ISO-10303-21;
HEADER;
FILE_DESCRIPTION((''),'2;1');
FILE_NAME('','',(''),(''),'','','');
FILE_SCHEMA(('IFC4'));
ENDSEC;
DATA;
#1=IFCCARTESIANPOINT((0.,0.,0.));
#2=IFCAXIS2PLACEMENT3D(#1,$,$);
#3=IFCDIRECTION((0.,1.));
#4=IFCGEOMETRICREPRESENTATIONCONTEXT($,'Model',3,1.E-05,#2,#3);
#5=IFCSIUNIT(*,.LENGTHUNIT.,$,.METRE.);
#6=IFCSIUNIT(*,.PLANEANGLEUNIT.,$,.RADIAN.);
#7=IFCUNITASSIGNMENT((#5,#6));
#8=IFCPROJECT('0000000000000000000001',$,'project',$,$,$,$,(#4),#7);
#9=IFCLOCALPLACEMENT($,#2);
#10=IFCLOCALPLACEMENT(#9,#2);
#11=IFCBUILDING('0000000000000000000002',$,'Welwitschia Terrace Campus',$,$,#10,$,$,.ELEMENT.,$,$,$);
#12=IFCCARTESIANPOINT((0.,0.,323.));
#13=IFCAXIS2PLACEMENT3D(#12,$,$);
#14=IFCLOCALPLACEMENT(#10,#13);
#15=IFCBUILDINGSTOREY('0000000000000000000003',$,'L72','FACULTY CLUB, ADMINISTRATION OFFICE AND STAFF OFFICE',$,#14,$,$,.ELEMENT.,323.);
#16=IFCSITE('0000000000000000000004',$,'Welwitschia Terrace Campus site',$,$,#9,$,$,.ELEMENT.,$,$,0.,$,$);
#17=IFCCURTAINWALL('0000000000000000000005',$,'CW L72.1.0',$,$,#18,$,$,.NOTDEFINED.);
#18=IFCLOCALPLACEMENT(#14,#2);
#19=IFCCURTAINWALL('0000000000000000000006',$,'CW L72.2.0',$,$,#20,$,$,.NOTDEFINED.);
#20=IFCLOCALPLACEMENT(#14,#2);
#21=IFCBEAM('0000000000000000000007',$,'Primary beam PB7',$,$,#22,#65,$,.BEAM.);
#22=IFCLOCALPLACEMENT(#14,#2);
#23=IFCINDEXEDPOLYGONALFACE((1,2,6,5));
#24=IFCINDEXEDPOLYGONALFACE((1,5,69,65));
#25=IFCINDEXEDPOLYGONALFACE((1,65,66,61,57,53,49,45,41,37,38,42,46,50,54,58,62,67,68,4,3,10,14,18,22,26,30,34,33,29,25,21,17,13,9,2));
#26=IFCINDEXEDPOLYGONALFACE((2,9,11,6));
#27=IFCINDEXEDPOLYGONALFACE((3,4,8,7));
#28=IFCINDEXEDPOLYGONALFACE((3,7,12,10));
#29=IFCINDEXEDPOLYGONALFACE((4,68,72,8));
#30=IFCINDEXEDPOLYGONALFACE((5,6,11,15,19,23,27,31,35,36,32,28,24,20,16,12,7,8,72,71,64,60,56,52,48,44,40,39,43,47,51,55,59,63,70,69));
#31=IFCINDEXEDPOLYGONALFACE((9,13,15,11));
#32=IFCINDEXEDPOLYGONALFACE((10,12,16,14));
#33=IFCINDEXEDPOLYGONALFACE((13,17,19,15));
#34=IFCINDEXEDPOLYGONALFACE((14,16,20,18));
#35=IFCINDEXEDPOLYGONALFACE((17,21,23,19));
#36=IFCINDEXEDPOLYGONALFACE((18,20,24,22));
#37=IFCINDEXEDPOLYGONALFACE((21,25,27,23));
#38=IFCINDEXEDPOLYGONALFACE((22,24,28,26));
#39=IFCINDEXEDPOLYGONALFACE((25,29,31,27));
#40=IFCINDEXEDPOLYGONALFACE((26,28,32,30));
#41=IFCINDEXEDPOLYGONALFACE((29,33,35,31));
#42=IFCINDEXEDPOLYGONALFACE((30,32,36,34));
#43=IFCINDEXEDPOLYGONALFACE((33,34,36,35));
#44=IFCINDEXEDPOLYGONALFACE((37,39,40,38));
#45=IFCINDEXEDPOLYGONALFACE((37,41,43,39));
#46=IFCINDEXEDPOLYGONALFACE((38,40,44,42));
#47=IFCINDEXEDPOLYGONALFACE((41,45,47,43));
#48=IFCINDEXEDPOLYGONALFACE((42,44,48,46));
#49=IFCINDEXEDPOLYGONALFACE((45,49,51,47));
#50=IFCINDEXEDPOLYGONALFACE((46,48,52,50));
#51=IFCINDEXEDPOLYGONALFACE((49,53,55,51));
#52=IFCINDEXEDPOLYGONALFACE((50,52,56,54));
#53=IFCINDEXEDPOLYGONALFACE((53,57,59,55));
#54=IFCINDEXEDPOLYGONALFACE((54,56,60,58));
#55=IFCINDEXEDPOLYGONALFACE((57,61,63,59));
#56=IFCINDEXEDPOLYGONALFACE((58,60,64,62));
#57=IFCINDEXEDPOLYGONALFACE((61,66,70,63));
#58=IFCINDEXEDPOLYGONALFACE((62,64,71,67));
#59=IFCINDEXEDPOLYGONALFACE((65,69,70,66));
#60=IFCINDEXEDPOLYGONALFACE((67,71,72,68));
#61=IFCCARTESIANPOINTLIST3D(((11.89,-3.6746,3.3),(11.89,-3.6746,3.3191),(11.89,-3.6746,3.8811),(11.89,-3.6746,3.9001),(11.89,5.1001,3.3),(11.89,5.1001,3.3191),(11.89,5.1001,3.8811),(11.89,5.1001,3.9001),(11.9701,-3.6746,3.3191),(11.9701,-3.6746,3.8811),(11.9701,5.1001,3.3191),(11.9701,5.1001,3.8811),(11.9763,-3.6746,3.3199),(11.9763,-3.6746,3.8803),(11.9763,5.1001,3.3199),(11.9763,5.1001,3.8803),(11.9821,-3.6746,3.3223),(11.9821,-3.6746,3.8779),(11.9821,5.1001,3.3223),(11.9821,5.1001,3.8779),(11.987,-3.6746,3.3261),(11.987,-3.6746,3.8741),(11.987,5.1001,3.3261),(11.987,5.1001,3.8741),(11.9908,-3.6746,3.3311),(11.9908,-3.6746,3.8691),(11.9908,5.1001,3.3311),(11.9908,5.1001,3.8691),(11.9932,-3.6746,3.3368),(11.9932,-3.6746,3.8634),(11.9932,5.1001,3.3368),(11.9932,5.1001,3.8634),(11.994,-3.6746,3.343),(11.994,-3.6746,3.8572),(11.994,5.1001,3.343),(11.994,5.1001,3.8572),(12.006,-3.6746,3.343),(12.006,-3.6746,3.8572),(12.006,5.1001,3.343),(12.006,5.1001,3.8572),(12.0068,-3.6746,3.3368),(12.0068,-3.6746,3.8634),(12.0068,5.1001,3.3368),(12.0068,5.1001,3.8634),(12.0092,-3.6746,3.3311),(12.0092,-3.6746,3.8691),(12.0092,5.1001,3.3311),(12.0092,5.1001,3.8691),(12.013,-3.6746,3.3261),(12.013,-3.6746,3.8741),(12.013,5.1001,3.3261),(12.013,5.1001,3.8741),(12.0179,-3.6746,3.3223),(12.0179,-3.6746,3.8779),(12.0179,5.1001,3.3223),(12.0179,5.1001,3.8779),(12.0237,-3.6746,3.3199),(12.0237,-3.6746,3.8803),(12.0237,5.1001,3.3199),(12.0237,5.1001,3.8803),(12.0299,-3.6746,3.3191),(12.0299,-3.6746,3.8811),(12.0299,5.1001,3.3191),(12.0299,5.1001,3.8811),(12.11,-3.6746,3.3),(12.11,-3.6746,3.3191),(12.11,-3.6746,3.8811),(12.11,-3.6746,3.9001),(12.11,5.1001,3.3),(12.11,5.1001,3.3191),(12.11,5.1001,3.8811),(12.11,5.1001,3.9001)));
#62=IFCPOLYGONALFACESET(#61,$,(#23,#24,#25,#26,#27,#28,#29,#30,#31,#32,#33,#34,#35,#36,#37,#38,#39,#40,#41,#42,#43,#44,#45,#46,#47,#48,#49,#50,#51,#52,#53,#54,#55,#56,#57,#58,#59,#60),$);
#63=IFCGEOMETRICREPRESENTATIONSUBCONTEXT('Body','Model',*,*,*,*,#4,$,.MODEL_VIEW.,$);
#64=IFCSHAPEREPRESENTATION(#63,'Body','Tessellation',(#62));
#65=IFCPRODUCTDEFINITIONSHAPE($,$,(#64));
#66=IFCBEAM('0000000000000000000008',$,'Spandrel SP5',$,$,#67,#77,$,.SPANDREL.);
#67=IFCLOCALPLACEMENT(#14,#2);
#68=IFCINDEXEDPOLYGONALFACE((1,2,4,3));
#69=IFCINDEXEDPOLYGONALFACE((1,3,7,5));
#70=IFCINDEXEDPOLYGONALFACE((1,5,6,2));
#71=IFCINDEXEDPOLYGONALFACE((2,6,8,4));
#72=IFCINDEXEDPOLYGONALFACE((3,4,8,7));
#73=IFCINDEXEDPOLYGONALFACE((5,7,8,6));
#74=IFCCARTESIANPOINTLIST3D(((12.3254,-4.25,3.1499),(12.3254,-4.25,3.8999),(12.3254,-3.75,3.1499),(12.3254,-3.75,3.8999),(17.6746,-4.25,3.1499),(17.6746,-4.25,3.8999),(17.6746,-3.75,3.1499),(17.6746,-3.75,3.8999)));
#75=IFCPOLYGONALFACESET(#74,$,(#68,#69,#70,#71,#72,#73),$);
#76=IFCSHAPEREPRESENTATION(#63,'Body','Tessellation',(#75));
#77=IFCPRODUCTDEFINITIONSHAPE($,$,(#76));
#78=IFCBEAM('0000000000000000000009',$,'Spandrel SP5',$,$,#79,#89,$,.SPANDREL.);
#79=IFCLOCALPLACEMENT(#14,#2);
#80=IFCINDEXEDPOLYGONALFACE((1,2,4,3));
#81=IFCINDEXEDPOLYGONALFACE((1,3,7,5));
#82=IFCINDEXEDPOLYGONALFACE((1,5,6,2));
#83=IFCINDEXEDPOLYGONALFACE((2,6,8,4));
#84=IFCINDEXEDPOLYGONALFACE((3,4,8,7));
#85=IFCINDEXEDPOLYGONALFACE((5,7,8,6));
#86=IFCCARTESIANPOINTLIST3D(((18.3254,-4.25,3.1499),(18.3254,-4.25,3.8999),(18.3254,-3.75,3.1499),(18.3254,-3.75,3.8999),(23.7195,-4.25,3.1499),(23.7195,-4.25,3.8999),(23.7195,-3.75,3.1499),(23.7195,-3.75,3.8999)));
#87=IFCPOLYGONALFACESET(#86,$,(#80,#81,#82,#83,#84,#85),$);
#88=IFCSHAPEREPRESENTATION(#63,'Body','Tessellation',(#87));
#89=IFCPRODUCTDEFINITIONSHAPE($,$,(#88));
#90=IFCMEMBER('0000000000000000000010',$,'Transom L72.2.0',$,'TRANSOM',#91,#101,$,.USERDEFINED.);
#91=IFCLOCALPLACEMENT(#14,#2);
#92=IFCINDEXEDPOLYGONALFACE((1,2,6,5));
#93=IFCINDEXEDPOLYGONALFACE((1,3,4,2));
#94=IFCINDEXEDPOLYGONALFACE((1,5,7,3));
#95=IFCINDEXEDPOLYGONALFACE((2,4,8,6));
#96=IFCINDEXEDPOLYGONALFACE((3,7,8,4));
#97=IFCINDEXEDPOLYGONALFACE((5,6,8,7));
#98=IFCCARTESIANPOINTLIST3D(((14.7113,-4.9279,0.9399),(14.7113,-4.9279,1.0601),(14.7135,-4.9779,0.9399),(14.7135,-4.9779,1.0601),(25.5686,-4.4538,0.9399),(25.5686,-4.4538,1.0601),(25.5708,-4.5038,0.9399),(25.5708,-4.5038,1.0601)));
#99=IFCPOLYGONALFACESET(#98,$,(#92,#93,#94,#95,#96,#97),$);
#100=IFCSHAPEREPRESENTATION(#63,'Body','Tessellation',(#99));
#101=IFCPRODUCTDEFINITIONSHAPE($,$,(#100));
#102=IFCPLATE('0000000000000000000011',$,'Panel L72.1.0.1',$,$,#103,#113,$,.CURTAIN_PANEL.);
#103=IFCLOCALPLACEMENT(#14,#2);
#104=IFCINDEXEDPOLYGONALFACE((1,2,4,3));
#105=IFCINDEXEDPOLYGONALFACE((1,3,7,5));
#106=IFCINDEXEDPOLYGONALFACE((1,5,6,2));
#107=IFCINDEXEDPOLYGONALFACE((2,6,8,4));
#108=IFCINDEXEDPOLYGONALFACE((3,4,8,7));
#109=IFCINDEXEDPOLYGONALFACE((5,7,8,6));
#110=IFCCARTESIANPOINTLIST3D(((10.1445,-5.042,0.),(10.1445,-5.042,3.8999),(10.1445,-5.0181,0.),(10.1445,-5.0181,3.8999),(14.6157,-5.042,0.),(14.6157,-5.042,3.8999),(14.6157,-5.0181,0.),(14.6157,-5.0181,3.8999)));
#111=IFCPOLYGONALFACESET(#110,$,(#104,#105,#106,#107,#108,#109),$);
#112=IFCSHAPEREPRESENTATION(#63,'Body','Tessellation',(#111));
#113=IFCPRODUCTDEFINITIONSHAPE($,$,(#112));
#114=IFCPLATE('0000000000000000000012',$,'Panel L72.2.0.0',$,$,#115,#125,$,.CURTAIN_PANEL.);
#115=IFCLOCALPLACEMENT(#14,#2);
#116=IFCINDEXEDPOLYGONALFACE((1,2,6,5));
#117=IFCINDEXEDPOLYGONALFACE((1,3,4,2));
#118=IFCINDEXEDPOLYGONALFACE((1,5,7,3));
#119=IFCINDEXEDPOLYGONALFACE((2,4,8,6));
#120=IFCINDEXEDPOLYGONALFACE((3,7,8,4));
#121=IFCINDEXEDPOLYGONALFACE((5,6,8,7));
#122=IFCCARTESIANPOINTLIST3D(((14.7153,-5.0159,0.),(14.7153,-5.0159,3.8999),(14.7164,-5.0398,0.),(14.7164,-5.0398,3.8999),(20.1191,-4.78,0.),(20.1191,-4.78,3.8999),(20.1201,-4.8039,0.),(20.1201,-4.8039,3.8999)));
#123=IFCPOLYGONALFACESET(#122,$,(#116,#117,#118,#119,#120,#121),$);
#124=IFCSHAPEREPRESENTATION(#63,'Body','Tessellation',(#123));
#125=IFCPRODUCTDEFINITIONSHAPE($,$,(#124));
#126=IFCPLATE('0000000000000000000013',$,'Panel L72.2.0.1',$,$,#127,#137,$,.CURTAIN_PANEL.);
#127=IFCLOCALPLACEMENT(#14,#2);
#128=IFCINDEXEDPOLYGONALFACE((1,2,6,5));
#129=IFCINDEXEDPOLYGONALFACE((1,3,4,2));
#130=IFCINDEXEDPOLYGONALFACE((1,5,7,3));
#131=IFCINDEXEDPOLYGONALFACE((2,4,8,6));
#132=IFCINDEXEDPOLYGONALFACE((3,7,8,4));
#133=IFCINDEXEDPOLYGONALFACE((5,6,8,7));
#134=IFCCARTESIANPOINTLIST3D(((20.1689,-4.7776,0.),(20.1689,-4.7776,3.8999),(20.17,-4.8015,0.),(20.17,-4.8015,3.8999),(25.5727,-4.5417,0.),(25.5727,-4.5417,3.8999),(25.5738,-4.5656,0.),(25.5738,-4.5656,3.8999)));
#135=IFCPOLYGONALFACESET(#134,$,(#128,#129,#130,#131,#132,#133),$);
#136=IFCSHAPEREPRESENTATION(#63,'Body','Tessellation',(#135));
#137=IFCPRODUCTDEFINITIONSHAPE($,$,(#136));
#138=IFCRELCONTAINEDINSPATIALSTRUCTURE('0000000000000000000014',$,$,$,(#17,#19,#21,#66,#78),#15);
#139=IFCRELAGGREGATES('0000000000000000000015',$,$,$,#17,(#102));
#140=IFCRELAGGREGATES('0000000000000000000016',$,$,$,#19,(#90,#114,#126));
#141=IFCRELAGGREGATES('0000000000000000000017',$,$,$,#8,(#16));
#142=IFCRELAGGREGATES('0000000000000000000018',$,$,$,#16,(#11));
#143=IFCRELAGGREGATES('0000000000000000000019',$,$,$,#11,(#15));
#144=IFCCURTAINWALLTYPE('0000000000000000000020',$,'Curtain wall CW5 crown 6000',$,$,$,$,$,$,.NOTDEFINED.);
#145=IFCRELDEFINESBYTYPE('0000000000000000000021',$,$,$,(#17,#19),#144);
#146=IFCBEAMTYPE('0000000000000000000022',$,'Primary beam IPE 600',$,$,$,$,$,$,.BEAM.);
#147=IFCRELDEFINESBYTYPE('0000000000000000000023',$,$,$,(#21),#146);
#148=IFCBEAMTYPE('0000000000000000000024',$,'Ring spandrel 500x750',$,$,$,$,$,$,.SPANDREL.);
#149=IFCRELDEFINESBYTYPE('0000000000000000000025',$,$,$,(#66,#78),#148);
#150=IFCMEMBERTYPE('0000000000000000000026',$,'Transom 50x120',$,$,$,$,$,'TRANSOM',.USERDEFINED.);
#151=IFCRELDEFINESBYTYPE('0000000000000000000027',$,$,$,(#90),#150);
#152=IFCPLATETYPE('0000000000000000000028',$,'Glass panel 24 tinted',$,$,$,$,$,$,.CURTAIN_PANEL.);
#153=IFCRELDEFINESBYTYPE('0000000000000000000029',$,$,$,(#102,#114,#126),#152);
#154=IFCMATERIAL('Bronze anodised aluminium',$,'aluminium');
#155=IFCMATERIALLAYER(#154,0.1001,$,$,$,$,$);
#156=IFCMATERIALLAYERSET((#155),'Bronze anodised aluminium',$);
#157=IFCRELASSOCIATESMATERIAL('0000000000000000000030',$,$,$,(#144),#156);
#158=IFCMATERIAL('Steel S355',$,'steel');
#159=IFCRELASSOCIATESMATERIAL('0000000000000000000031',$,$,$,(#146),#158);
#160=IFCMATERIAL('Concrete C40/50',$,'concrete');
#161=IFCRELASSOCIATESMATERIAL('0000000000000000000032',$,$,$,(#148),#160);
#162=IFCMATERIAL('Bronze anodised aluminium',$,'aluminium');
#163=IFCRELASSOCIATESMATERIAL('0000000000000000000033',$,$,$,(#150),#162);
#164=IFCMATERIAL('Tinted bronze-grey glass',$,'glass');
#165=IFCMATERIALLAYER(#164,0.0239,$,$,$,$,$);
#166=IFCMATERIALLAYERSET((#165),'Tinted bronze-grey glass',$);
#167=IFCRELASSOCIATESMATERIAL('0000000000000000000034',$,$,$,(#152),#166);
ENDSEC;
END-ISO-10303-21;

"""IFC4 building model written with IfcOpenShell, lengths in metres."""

from ifc_helpers import new_model, si_unit, direction, frame, origin, origin_2d, place, context, subcontext, project, spatial, rectangle, i_section, extrude, material, layer, layer_set, material_profile, profile_set, type_object, element, aggregate, save


model = new_model("IFC4")

# Units and contexts
model_context = context("Model", 3, precision=1e-05, world=origin(), true_north=direction((0.0, 1.0)))
body_context = subcontext(model_context, "Body", "Model", "MODEL_VIEW")
ifc_project = project(units=[si_unit("LENGTHUNIT", "METRE"), si_unit("PLANEANGLEUNIT", "RADIAN")], contexts=[model_context])

# Site, building, storey
site_placement = place(None, origin())
site = spatial("IfcSite", under=ifc_project, at=site_placement, Name="Welwitschia Terrace Campus site", CompositionType="ELEMENT", RefElevation=0.0)
building_placement = place(site_placement, origin())
building = spatial("IfcBuilding", under=site, at=building_placement, Name="Welwitschia Terrace Campus", CompositionType="ELEMENT")
storey_placement = place(building_placement, frame((0.0, 0.0, 323.0)))
storey = spatial("IfcBuildingStorey", under=building, at=storey_placement, Name="L72", Description="FACULTY CLUB, ADMINISTRATION OFFICE AND STAFF OFFICE", CompositionType="ELEMENT", Elevation=323.0)

# Curtain wall
ifc_material_1 = material(Name="Bronze anodised aluminium", Category="aluminium")
ifc_layer_1 = layer(ifc_material_1, 0.1001)
ifc_layer_set_1 = layer_set([ifc_layer_1], Name="Bronze anodised aluminium")
curtain_wall_type = type_object("IfcCurtainWallType", Name="Curtain wall CW5 crown 6000", PredefinedType="NOTDEFINED", material=ifc_layer_set_1)
curtain_wall_1_placement = place(storey_placement, origin())
curtain_wall_1 = element("IfcCurtainWall", 1, at=curtain_wall_1_placement, inside=storey, type_object=curtain_wall_type, Name="CW L72.1.0", PredefinedType="NOTDEFINED")

# Curtain wall
curtain_wall_2_placement = place(storey_placement, origin())
curtain_wall_2 = element("IfcCurtainWall", 2, at=curtain_wall_2_placement, inside=storey, type_object=curtain_wall_type, Name="CW L72.2.0", PredefinedType="NOTDEFINED")

# Beams
ifc_material_2 = material(Name="Steel S355", Category="steel")
ifc_material_profile_1 = material_profile(ifc_material_2, i_section(OverallWidth=0.22, OverallDepth=0.6001, WebThickness=0.012, FlangeThickness=0.019, FilletRadius=0.0239, at=origin_2d()))
ifc_profile_set_1 = profile_set([ifc_material_profile_1], Name="Steel S355")
beam_type_1 = type_object("IfcBeamType", Name="Primary beam IPE 600", PredefinedType="BEAM", material=ifc_profile_set_1)
beam_1_placement = place(storey_placement, frame((12.0, -3.6746, 3.6001), z_axis=(0.0, 1.0, 0.0), x_axis=(-1.0, 0.0, 0.0)))
element("IfcBeam", 3, at=beam_1_placement, inside=storey, type_object=beam_type_1, Name="Primary beam PB7", PredefinedType="BEAM", context=body_context, shape_type="SweptSolid", body=[
    extrude(i_section(OverallWidth=0.22, OverallDepth=0.6001, WebThickness=0.012, FlangeThickness=0.019, FilletRadius=0.0239, at=origin_2d()), origin(), (0.0, 0.0, 1.0), 8.7747),
])
ifc_material_3 = material(Name="Concrete C40/50", Category="concrete")
ifc_material_profile_2 = material_profile(ifc_material_3, rectangle(XDim=0.5, YDim=0.75, at=origin_2d()))
ifc_profile_set_2 = profile_set([ifc_material_profile_2], Name="Concrete C40/50")
beam_type_2 = type_object("IfcBeamType", Name="Ring spandrel 500x750", PredefinedType="SPANDREL", material=ifc_profile_set_2)
beam_2_placement = place(storey_placement, frame((12.3254, -4.0, 3.5249), z_axis=(1.0, 0.0, 0.0), x_axis=(0.0, 1.0, 0.0)))
element("IfcBeam", 4, at=beam_2_placement, inside=storey, type_object=beam_type_2, Name="Spandrel SP5", PredefinedType="SPANDREL", context=body_context, shape_type="SweptSolid", body=[
    extrude(rectangle(XDim=0.5, YDim=0.75, at=origin_2d()), origin(), (0.0, 0.0, 1.0), 5.3491),
])
beam_3_placement = place(storey_placement, frame((18.3254, -4.0, 3.5249), z_axis=(1.0, 0.0, 0.0), x_axis=(0.0, 1.0, 0.0)))
element("IfcBeam", 5, at=beam_3_placement, inside=storey, type_object=beam_type_2, Name="Spandrel SP5", PredefinedType="SPANDREL", context=body_context, shape_type="SweptSolid", body=[
    extrude(rectangle(XDim=0.5, YDim=0.75, at=origin_2d()), origin(), (0.0, 0.0, 1.0), 5.394),
])

# Member
ifc_material_4 = material(Name="Bronze anodised aluminium", Category="aluminium")
ifc_material_profile_3 = material_profile(ifc_material_4, rectangle(XDim=0.05, YDim=0.1201, at=origin_2d()))
ifc_profile_set_3 = profile_set([ifc_material_profile_3], Name="Bronze anodised aluminium")
member_type_1 = type_object("IfcMemberType", Name="Transom 50x120", ElementType="TRANSOM", PredefinedType="USERDEFINED", material=ifc_profile_set_3)
member_1_placement = place(storey_placement, frame((14.7124, -4.9529, 1.0), z_axis=(0.999048, 0.043626, 0.0), x_axis=(-0.043626, 0.999048, 0.0)))
member_1 = element("IfcMember", 6, at=member_1_placement, type_object=member_type_1, Name="Transom L72.2.0", ObjectType="TRANSOM", PredefinedType="USERDEFINED", context=body_context, shape_type="SweptSolid", body=[
    extrude(rectangle(XDim=0.05, YDim=0.1201, at=origin_2d()), origin(), (0.0, 0.0, 1.0), 10.8677),
])

# Plates
ifc_material_5 = material(Name="Tinted bronze-grey glass", Category="glass")
ifc_layer_2 = layer(ifc_material_5, 0.0239)
ifc_layer_set_2 = layer_set([ifc_layer_2], Name="Tinted bronze-grey glass")
plate_type = type_object("IfcPlateType", Name="Glass panel 24 tinted", PredefinedType="CURTAIN_PANEL", material=ifc_layer_set_2)
plate_1_placement = place(storey_placement, frame((12.3801, -5.03, 0.0), z_axis=(0.0, 0.0, 1.0), x_axis=(1.0, 0.0, 0.0)))
plate_1 = element("IfcPlate", 7, at=plate_1_placement, type_object=plate_type, Name="Panel L72.1.0.1", PredefinedType="CURTAIN_PANEL", context=body_context, shape_type="SweptSolid", body=[
    extrude(rectangle(XDim=4.4712, YDim=0.0239, at=origin_2d()), origin(), (0.0, 0.0, 1.0), 3.8999),
])
aggregate(curtain_wall_1, [plate_1])
plate_2_placement = place(storey_placement, frame((17.4177, -4.9099, 0.0), z_axis=(0.0, 0.0, 1.0), x_axis=(0.999048, 0.043619, 0.0)))
plate_2 = element("IfcPlate", 8, at=plate_2_placement, type_object=plate_type, Name="Panel L72.2.0.0", PredefinedType="CURTAIN_PANEL", context=body_context, shape_type="SweptSolid", body=[
    extrude(rectangle(XDim=5.4089, YDim=0.0239, at=origin_2d()), origin(), (0.0, 0.0, 1.0), 3.8999),
])
plate_3_placement = place(storey_placement, frame((22.8713, -4.6716, 0.0), z_axis=(0.0, 0.0, 1.0), x_axis=(0.999048, 0.043619, 0.0)))
plate_3 = element("IfcPlate", 9, at=plate_3_placement, type_object=plate_type, Name="Panel L72.2.0.1", PredefinedType="CURTAIN_PANEL", context=body_context, shape_type="SweptSolid", body=[
    extrude(rectangle(XDim=5.4089, YDim=0.0239, at=origin_2d()), origin(), (0.0, 0.0, 1.0), 3.8999),
])
aggregate(curtain_wall_2, [member_1, plate_2, plate_3])

save(model, "model.ifc")
